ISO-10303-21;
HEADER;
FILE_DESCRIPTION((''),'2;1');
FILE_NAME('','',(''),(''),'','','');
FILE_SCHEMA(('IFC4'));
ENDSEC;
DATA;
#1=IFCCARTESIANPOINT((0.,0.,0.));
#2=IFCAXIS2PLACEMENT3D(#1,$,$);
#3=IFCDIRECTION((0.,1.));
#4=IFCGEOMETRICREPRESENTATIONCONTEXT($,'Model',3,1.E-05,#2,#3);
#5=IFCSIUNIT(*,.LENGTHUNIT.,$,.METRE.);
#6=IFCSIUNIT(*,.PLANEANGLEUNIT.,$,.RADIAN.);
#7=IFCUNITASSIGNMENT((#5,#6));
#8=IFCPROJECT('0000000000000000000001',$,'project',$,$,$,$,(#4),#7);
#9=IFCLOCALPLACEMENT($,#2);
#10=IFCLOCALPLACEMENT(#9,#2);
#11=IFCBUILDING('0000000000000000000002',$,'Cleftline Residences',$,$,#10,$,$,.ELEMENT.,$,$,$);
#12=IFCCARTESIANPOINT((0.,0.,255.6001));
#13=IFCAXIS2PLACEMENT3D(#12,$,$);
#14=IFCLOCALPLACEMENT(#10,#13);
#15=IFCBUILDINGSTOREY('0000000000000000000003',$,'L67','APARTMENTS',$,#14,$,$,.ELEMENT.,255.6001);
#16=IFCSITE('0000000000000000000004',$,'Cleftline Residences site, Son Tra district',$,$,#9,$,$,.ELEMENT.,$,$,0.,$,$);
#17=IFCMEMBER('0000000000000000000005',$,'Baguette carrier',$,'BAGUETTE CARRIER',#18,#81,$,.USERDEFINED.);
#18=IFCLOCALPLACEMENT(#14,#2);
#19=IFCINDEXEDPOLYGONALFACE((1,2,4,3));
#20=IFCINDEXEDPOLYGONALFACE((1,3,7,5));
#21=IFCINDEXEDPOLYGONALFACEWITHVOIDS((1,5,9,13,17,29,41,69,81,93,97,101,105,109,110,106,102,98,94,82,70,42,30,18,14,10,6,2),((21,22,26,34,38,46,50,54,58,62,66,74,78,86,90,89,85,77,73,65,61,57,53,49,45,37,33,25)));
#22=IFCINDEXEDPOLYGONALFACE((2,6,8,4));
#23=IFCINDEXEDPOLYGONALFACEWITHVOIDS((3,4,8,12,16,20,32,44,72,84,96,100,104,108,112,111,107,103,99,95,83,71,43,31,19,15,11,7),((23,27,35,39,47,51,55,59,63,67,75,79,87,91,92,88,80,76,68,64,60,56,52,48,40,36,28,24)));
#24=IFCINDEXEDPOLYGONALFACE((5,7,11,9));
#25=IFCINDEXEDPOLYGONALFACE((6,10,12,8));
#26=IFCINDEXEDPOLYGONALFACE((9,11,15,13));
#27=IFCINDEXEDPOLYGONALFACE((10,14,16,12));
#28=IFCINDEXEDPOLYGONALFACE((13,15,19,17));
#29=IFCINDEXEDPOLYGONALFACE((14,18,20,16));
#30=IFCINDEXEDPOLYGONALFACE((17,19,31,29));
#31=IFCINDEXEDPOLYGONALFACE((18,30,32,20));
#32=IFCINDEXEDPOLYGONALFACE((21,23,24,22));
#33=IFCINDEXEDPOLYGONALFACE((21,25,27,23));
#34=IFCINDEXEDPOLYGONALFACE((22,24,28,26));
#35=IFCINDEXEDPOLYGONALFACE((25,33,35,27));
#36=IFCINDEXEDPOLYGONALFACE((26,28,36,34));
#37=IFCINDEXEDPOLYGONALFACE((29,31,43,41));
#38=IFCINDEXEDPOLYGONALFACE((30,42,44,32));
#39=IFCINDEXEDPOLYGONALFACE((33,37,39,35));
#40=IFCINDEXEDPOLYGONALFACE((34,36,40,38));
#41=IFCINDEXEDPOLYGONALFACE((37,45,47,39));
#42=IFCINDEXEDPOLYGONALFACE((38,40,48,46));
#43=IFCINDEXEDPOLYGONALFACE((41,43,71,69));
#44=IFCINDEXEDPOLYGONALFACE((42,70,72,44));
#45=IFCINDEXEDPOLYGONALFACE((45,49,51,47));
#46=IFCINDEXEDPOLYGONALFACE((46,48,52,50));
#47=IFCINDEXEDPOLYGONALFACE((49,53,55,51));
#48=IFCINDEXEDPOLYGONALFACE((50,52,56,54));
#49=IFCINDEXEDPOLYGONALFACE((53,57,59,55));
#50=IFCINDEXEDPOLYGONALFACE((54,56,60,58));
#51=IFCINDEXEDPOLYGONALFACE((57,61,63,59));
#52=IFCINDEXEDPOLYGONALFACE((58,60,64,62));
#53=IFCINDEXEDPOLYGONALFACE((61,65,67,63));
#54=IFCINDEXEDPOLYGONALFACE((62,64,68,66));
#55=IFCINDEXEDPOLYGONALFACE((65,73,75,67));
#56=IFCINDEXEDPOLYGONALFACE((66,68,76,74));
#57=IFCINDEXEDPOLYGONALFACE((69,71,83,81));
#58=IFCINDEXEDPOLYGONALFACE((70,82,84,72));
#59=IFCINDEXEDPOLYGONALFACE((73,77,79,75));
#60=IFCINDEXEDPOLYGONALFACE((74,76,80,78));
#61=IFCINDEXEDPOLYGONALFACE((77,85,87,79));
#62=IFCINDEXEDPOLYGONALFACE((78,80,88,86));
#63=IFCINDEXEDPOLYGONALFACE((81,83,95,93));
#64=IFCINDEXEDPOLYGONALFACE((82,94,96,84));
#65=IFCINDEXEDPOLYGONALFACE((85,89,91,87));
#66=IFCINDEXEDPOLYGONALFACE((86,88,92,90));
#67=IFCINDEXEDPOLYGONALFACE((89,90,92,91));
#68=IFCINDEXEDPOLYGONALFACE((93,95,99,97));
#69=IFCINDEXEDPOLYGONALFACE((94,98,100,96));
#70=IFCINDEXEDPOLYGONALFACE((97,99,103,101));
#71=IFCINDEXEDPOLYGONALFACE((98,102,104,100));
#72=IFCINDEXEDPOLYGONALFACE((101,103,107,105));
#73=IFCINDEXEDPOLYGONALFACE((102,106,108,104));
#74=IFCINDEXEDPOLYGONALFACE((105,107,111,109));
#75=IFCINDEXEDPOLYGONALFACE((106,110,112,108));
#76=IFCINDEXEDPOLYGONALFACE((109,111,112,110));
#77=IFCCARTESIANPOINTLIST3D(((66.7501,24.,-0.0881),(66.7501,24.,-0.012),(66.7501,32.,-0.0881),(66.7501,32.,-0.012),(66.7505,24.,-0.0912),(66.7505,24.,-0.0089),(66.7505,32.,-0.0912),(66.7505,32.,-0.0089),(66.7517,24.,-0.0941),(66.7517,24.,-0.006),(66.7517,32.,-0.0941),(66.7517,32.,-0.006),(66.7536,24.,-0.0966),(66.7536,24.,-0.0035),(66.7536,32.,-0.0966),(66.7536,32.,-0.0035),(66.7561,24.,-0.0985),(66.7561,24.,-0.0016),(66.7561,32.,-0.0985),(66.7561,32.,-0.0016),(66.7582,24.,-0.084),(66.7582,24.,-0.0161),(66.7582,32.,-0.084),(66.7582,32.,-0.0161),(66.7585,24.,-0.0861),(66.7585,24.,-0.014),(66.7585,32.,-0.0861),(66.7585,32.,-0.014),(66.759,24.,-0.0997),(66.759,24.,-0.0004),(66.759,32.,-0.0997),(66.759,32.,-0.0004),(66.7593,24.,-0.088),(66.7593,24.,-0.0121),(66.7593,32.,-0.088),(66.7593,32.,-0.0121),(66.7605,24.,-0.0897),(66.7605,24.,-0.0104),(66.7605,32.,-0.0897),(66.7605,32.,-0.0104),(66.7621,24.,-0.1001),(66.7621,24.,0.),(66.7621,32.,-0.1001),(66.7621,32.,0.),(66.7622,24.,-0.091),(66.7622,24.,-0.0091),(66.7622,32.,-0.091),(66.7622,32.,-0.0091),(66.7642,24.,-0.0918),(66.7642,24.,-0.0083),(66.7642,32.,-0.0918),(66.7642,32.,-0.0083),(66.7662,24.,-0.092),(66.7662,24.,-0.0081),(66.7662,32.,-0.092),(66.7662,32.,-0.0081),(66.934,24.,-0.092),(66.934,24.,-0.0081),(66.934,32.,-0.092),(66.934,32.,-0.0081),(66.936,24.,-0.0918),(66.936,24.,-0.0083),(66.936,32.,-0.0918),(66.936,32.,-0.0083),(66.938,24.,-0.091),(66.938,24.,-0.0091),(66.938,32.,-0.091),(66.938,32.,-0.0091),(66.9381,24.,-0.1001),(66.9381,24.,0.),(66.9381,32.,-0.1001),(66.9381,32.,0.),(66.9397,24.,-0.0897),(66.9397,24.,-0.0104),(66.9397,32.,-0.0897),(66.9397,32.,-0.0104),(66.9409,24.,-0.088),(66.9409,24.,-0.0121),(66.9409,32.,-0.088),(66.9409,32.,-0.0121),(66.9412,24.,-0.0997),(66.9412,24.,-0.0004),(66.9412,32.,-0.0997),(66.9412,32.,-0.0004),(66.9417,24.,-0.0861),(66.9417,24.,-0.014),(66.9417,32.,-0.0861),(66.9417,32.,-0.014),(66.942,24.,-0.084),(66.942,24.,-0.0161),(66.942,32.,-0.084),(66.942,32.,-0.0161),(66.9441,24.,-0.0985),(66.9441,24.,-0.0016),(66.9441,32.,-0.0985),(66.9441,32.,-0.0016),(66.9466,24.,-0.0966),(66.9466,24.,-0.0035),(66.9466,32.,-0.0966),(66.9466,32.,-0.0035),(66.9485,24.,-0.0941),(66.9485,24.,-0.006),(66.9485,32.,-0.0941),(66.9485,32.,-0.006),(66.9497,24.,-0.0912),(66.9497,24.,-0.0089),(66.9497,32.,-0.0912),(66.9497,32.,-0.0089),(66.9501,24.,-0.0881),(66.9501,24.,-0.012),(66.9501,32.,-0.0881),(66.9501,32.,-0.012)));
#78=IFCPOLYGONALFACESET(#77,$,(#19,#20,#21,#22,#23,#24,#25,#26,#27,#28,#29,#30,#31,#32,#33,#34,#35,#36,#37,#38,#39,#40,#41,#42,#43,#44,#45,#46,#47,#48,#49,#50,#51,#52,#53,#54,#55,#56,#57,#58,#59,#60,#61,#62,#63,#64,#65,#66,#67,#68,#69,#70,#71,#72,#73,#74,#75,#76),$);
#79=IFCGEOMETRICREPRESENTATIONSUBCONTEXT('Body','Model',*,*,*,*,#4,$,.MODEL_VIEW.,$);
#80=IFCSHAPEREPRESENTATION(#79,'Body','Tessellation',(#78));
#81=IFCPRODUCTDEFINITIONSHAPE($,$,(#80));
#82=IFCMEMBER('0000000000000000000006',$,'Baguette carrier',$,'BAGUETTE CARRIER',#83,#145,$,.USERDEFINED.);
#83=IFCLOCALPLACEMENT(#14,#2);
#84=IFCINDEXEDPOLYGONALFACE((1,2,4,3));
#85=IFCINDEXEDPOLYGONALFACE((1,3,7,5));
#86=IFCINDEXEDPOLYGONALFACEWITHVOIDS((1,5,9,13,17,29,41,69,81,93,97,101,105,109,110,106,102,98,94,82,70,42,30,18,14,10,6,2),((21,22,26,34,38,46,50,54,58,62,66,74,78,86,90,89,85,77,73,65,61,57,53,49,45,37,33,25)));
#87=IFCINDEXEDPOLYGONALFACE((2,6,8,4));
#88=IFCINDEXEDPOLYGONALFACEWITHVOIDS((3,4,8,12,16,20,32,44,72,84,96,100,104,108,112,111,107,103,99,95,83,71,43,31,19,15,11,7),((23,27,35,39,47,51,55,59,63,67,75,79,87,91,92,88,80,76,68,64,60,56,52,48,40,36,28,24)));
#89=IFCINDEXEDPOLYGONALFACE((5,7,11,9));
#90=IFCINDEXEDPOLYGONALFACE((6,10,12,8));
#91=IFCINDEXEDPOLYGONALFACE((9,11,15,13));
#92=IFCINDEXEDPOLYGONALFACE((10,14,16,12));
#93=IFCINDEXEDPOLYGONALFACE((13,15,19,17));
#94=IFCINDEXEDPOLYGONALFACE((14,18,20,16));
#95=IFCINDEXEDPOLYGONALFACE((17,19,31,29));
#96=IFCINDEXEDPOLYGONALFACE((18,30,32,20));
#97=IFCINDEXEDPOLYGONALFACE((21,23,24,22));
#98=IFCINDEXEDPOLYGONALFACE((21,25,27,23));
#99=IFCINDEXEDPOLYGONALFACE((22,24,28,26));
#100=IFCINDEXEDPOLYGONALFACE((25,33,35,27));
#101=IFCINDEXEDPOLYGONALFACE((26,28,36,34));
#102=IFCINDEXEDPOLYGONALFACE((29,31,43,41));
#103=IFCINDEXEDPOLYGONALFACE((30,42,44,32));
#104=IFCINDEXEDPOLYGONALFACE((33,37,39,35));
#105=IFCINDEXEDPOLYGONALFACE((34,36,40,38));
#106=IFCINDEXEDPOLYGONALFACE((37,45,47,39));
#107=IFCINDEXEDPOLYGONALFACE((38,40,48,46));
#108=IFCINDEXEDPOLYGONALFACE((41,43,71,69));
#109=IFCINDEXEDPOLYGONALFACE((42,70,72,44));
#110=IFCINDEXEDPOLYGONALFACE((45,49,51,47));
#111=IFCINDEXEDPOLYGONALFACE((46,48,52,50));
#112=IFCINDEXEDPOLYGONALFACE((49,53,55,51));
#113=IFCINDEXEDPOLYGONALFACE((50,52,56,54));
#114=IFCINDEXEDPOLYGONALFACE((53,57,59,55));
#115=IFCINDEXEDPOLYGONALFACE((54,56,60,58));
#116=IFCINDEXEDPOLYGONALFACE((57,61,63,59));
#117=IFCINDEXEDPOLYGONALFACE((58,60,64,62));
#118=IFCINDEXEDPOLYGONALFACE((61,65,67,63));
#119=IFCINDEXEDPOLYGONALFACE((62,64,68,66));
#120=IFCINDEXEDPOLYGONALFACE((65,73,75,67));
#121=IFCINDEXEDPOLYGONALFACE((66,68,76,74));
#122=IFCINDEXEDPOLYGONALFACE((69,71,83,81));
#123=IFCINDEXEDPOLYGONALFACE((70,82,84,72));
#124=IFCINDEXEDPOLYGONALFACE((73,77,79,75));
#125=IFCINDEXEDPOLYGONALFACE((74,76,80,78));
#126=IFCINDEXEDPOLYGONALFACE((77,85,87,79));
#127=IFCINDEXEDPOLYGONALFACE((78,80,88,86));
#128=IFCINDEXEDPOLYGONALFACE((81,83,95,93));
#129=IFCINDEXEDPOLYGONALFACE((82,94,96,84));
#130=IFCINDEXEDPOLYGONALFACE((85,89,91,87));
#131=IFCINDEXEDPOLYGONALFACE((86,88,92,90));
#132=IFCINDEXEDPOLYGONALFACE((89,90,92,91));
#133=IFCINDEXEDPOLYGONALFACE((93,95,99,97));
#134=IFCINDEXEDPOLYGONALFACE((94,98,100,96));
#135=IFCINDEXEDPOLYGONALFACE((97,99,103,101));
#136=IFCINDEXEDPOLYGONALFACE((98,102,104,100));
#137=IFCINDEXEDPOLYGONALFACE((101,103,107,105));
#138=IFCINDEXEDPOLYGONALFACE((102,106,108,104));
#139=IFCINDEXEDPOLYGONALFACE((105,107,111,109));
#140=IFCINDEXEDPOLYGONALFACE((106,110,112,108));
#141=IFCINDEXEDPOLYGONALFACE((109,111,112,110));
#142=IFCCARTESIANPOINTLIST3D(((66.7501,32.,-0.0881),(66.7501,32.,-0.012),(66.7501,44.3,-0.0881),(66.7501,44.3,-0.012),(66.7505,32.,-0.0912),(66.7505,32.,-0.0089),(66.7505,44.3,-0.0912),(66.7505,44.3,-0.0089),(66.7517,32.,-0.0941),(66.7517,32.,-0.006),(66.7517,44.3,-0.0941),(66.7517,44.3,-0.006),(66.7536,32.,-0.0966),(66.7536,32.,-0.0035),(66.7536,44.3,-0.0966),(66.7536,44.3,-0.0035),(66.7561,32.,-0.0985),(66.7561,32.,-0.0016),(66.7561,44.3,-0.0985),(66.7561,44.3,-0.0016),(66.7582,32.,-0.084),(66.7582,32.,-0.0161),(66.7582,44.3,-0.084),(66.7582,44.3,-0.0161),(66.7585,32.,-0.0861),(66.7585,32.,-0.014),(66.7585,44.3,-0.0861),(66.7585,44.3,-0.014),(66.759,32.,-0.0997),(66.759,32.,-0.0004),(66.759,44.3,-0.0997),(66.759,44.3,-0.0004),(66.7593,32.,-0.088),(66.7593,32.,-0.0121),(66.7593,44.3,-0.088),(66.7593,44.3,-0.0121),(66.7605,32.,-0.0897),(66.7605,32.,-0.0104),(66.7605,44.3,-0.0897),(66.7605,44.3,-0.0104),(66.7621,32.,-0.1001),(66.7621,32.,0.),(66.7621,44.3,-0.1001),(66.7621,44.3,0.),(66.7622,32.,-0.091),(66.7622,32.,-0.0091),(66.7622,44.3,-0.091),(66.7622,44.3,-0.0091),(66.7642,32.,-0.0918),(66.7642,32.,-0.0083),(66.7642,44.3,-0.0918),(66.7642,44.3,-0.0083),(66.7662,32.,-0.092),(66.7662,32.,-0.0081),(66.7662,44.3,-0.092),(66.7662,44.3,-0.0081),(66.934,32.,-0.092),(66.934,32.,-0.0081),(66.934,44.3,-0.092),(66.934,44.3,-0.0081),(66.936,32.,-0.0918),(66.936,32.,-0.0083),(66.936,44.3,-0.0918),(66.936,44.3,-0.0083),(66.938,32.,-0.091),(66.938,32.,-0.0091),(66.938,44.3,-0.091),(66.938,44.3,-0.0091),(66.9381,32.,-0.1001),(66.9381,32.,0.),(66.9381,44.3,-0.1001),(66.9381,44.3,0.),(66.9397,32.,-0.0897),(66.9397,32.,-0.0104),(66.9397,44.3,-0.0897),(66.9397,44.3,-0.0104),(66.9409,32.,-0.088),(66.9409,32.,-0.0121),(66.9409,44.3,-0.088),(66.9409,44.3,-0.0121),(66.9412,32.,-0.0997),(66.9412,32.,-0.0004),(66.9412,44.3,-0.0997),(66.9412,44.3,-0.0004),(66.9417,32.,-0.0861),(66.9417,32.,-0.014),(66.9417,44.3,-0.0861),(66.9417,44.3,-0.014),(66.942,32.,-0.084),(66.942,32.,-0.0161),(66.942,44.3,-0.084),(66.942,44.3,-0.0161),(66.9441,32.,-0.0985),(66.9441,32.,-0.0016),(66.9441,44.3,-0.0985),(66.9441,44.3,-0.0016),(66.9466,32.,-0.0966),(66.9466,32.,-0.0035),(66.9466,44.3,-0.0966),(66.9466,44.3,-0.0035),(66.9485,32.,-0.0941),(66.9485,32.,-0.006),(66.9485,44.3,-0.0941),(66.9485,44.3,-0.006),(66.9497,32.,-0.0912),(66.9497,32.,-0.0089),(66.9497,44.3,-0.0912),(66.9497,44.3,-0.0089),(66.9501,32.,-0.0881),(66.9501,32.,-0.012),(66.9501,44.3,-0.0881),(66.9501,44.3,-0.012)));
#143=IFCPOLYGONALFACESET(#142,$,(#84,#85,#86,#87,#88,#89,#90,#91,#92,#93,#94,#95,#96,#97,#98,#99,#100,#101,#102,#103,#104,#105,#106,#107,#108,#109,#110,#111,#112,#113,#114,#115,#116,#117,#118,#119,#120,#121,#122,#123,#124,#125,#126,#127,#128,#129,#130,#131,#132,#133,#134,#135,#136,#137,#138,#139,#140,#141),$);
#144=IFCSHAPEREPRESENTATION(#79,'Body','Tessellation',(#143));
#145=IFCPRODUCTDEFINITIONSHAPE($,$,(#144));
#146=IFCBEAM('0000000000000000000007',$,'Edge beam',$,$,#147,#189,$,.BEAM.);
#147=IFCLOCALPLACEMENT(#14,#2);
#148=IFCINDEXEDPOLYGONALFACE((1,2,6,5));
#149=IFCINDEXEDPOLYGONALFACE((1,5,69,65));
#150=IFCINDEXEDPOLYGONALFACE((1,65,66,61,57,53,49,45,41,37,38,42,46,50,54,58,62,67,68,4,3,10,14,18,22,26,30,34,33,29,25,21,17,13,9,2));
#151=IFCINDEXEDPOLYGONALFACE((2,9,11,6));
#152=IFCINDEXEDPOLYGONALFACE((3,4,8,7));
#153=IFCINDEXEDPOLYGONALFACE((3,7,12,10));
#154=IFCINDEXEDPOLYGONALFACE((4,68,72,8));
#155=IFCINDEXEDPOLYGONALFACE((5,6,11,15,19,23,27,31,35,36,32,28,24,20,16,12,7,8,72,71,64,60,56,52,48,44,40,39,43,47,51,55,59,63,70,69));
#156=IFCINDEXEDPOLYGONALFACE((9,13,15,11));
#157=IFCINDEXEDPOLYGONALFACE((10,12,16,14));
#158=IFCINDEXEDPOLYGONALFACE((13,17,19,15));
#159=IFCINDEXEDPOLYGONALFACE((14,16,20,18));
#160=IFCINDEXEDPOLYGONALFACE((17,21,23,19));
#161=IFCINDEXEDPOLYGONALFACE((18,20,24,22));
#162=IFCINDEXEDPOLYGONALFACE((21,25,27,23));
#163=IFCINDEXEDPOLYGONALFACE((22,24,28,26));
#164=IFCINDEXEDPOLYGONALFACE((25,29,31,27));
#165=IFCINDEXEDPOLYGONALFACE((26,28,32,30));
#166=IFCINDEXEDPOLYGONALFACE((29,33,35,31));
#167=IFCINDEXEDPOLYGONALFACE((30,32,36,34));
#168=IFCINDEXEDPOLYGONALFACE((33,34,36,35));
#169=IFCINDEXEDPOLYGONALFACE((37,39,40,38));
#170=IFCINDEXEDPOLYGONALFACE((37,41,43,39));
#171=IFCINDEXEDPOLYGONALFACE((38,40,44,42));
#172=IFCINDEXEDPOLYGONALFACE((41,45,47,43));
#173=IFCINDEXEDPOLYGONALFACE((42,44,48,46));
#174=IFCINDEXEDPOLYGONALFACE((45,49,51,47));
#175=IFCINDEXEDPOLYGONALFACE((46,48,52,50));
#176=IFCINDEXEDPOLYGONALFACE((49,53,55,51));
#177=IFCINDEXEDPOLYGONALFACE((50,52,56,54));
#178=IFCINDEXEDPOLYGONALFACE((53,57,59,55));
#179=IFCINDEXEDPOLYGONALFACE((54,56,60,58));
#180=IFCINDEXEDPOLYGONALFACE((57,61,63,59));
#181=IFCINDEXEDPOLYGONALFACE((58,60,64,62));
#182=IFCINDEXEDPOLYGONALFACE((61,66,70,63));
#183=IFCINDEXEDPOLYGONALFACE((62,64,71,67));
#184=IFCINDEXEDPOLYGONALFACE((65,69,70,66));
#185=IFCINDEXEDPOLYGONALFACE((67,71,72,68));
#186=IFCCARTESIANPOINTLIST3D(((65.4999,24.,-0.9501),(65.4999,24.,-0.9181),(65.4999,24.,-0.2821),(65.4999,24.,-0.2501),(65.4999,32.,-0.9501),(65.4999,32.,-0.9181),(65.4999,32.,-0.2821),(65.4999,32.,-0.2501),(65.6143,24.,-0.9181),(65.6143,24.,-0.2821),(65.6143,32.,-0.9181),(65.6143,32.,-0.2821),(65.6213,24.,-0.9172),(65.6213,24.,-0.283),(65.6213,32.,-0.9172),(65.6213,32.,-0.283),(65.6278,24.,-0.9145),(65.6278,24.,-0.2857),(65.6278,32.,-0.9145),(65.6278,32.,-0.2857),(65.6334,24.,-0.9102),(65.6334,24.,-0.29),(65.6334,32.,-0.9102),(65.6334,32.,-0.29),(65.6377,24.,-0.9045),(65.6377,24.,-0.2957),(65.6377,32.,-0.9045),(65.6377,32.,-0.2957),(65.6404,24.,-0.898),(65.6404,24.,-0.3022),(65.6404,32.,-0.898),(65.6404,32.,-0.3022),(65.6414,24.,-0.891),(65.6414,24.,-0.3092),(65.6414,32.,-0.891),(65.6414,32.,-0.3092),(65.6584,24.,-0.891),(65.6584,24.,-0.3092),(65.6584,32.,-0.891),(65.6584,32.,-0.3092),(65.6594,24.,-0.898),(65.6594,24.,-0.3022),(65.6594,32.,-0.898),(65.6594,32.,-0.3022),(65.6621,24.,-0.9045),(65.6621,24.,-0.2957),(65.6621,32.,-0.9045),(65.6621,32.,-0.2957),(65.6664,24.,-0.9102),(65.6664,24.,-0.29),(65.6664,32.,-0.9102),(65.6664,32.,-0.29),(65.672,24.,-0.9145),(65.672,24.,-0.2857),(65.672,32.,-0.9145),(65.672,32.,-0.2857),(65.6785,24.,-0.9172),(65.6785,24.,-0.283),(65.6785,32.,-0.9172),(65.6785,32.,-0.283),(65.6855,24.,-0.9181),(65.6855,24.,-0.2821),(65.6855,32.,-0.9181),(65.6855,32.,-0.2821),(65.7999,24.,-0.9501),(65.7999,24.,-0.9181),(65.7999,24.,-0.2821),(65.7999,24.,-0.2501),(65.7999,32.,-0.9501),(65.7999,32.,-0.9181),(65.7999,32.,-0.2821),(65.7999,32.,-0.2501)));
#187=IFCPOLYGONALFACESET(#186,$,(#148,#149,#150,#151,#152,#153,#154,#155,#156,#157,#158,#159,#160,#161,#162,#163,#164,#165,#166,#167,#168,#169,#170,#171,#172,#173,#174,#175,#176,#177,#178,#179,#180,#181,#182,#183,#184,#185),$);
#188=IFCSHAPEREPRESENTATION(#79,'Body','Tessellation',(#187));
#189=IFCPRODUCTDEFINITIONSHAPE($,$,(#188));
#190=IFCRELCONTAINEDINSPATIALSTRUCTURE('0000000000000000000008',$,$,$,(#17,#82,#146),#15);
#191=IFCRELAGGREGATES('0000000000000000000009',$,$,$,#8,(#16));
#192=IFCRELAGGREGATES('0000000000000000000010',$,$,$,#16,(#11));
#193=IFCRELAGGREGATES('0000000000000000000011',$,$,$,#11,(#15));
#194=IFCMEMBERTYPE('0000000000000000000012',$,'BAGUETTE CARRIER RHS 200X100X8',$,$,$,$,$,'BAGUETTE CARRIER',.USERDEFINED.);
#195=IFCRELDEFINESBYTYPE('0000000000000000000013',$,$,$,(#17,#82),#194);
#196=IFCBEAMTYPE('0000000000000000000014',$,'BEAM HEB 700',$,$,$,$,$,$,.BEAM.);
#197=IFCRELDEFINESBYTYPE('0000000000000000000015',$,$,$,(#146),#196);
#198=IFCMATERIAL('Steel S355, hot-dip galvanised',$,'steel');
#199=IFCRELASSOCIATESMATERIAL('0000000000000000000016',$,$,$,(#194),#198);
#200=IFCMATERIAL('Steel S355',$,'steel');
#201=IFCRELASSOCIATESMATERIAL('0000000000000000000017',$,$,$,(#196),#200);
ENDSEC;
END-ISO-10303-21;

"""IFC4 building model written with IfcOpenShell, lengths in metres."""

from ifc_helpers import new_model, si_unit, direction, frame, origin, origin_2d, place, context, subcontext, project, spatial, hollow_rectangle, i_section, extrude, material, material_profile, profile_set, type_object, element, save


model = new_model("IFC4")

# Units and contexts
model_context = context("Model", 3, precision=1e-05, world=origin(), true_north=direction((0.0, 1.0)))
body_context = subcontext(model_context, "Body", "Model", "MODEL_VIEW")
ifc_project = project(units=[si_unit("LENGTHUNIT", "METRE"), si_unit("PLANEANGLEUNIT", "RADIAN")], contexts=[model_context])

# Site, building, storey
site_placement = place(None, origin())
site = spatial("IfcSite", under=ifc_project, at=site_placement, Name="Cleftline Residences site, Son Tra district", CompositionType="ELEMENT", RefElevation=0.0)
building_placement = place(site_placement, origin())
building = spatial("IfcBuilding", under=site, at=building_placement, Name="Cleftline Residences", CompositionType="ELEMENT")
storey_placement = place(building_placement, frame((0.0, 0.0, 255.6001)))
storey = spatial("IfcBuildingStorey", under=building, at=storey_placement, Name="L67", Description="APARTMENTS", CompositionType="ELEMENT", Elevation=255.6001)

# Members
ifc_material_1 = material(Name="Steel S355, hot-dip galvanised", Category="steel")
ifc_material_profile_1 = material_profile(ifc_material_1, hollow_rectangle(XDim=0.1001, YDim=0.2, WallThickness=0.0081, InnerFilletRadius=0.0081, OuterFilletRadius=0.012, at=origin_2d()))
ifc_profile_set_1 = profile_set([ifc_material_profile_1], Name="Steel S355, hot-dip galvanised")
member_type_1 = type_object("IfcMemberType", Name="BAGUETTE CARRIER RHS 200X100X8", ElementType="BAGUETTE CARRIER", PredefinedType="USERDEFINED", material=ifc_profile_set_1)
member_1_placement = place(storey_placement, frame((66.8501, 24.0, -0.05), z_axis=(0.0, 1.0, 0.0), x_axis=(0.0, 0.0, 1.0)))
element("IfcMember", 1, at=member_1_placement, inside=storey, type_object=member_type_1, Name="Baguette carrier", ObjectType="BAGUETTE CARRIER", PredefinedType="USERDEFINED", context=body_context, shape_type="SweptSolid", body=[
    extrude(hollow_rectangle(XDim=0.1001, YDim=0.2, WallThickness=0.0081, InnerFilletRadius=0.0081, OuterFilletRadius=0.012, at=origin_2d()), origin(), (0.0, 0.0, 1.0), 8.0),
])
member_2_placement = place(storey_placement, frame((66.8501, 32.0, -0.05), z_axis=(0.0, 1.0, 0.0), x_axis=(0.0, 0.0, 1.0)))
element("IfcMember", 2, at=member_2_placement, inside=storey, type_object=member_type_1, Name="Baguette carrier", ObjectType="BAGUETTE CARRIER", PredefinedType="USERDEFINED", context=body_context, shape_type="SweptSolid", body=[
    extrude(hollow_rectangle(XDim=0.1001, YDim=0.2, WallThickness=0.0081, InnerFilletRadius=0.0081, OuterFilletRadius=0.012, at=origin_2d()), origin(), (0.0, 0.0, 1.0), 12.3),
])

# Beam
ifc_material_2 = material(Name="Steel S355", Category="steel")
ifc_material_profile_2 = material_profile(ifc_material_2, i_section(OverallWidth=0.3, OverallDepth=0.7, WebThickness=0.0171, FlangeThickness=0.032, FilletRadius=0.0271, at=origin_2d()))
ifc_profile_set_2 = profile_set([ifc_material_profile_2], Name="Steel S355")
beam_type_1 = type_object("IfcBeamType", Name="BEAM HEB 700", PredefinedType="BEAM", material=ifc_profile_set_2)
for number, where, z_axis, x_axis, name in (
    (3, (65.6499, 24.0, -0.6001), (0.0, 1.0, 0.0), (-1.0, 0.0, 0.0), "Edge beam"),
):
    element("IfcBeam", number, at=place(storey_placement, frame(where, z_axis=z_axis, x_axis=x_axis)), inside=storey, type_object=beam_type_1, Name=name, PredefinedType="BEAM", context=body_context, shape_type="SweptSolid", body=[
        extrude(i_section(OverallWidth=0.3, OverallDepth=0.7, WebThickness=0.0171, FlangeThickness=0.032, FilletRadius=0.0271, at=origin_2d()), origin(), (0.0, 0.0, 1.0), 8.0),
    ])

save(model, "model.ifc")
